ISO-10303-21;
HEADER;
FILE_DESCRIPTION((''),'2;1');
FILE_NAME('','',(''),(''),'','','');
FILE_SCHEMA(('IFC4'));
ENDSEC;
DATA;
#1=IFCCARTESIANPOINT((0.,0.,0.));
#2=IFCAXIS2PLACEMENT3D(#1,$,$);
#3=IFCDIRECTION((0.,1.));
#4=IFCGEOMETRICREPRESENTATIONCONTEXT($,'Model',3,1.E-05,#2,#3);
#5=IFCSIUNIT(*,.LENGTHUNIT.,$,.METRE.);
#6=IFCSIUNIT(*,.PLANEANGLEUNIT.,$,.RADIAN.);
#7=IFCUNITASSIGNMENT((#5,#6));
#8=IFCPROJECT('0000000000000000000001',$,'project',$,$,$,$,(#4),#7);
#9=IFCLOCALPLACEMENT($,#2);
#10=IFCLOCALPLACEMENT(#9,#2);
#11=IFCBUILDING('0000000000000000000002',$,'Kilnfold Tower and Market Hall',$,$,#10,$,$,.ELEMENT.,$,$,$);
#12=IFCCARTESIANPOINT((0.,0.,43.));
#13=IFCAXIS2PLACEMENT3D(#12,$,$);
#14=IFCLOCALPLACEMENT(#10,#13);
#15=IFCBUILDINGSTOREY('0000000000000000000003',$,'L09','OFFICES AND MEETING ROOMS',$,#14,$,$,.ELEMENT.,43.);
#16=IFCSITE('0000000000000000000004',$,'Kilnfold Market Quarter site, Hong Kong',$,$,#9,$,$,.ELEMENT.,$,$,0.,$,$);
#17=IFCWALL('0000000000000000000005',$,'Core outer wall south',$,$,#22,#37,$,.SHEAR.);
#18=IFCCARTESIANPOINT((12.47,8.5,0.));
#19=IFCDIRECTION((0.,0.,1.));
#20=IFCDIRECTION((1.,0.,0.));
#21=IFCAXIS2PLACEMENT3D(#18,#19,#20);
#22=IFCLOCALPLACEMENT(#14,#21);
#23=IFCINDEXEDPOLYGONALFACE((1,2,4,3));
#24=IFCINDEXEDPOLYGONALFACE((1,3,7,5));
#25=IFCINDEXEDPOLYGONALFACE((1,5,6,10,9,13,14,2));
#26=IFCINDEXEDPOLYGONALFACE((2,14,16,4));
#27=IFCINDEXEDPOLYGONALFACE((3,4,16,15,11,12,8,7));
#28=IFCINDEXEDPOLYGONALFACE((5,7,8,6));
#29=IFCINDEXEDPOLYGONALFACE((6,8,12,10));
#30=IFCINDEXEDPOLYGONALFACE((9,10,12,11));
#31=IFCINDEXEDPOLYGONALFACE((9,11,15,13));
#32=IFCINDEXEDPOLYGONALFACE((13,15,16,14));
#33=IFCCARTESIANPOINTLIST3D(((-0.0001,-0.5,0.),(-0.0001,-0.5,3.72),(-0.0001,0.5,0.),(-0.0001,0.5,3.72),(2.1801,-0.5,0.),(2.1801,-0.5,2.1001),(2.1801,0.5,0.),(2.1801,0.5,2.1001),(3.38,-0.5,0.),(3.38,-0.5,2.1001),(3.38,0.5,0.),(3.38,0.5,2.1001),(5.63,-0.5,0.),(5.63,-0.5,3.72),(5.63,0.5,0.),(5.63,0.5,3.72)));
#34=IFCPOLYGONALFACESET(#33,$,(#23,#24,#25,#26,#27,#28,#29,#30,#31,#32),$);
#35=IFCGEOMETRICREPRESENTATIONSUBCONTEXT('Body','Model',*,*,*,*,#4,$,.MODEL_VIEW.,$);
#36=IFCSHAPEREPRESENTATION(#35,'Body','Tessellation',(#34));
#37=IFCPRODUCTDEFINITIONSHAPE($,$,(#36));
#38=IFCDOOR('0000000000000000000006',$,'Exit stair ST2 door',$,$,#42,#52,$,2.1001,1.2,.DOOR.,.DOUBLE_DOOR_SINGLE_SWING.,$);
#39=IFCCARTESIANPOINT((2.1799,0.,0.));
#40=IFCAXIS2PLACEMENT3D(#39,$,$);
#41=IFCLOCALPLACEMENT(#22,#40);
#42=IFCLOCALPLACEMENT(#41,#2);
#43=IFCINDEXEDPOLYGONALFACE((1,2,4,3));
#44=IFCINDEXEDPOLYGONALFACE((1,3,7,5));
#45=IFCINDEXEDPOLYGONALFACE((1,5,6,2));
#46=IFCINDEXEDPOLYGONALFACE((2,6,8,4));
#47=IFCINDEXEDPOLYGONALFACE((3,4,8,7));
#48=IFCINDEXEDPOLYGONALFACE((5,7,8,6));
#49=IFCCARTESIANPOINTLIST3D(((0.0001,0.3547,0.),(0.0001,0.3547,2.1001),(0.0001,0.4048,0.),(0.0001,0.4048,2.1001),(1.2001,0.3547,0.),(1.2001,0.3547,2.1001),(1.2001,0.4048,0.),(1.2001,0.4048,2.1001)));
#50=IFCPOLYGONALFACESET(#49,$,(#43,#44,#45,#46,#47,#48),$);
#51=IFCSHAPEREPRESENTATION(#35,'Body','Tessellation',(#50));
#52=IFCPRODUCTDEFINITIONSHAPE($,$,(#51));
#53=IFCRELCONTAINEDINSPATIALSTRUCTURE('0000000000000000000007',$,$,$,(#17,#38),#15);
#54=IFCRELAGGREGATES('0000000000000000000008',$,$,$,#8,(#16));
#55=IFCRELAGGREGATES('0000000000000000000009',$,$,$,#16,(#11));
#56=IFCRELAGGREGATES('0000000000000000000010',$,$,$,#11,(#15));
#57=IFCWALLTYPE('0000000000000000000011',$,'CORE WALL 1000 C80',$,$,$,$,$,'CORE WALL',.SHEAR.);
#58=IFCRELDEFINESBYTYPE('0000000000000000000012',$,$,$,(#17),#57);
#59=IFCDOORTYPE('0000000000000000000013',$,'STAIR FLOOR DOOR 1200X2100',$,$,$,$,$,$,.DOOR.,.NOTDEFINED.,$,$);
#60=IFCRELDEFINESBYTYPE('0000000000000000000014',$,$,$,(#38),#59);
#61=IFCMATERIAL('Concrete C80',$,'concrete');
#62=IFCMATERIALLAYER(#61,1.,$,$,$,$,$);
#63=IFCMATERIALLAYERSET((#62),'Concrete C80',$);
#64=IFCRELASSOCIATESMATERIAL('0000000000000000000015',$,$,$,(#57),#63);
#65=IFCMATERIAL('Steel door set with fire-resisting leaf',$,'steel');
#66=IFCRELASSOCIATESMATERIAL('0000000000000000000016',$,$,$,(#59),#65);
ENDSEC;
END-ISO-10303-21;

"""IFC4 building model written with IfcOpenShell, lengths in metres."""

from ifc_helpers import new_model, si_unit, direction, frame, frame_2d, origin, place, context, subcontext, project, spatial, rectangle, extrude, source, transform, mapped, material, layer, layer_set, type_object, element, fill, save


model = new_model("IFC4")

# Units and contexts
model_context = context("Model", 3, precision=1e-05, world=origin(), true_north=direction((0.0, 1.0)))
body_context = subcontext(model_context, "Body", "Model", "MODEL_VIEW")
ifc_project = project(units=[si_unit("LENGTHUNIT", "METRE"), si_unit("PLANEANGLEUNIT", "RADIAN")], contexts=[model_context])

# Site, building, storey
site_placement = place(None, origin())
site = spatial("IfcSite", under=ifc_project, at=site_placement, Name="Kilnfold Market Quarter site, Hong Kong", CompositionType="ELEMENT", RefElevation=0.0)
building_placement = place(site_placement, origin())
building = spatial("IfcBuilding", under=site, at=building_placement, Name="Kilnfold Tower and Market Hall", CompositionType="ELEMENT")
storey_placement = place(building_placement, frame((0.0, 0.0, 43.0)))
storey = spatial("IfcBuildingStorey", under=building, at=storey_placement, Name="L09", Description="OFFICES AND MEETING ROOMS", CompositionType="ELEMENT", Elevation=43.0)

# Wall, opening, door
ifc_material_1 = material(Name="Concrete C80", Category="concrete")
ifc_layer_1 = layer(ifc_material_1, 1.0)
ifc_layer_set_1 = layer_set([ifc_layer_1], Name="Concrete C80")
wall_type_1 = type_object("IfcWallType", Name="CORE WALL 1000 C80", ElementType="CORE WALL", PredefinedType="SHEAR", material=ifc_layer_set_1)
shared_shape_1 = source(origin(), body_context, "Body", "SweptSolid", [
    extrude(rectangle(XDim=5.6301, YDim=1.0, at=frame_2d((2.8149, 0.0))), origin(), (0.0, 0.0, 1.0), 3.72),
])
wall_1_placement = place(storey_placement, frame((12.47, 8.5, 0.0), z_axis=(0.0, 0.0, 1.0), x_axis=(1.0, 0.0, 0.0)))
wall_1 = element("IfcWall", 1, at=wall_1_placement, inside=storey, type_object=wall_type_1, Name="Core outer wall south", PredefinedType="SHEAR", context=body_context, shape_type="MappedRepresentation", body=[
    mapped(shared_shape_1, transform((0.0, 0.0, 0.0))),
])
opening_1_placement = place(wall_1_placement, frame((2.1799, 0.0, 0.0)))
opening_1 = element("IfcOpeningElement", 2, at=opening_1_placement, cuts=wall_1, PredefinedType="OPENING", context=body_context, shape_type="SweptSolid", body=[
    extrude(rectangle(XDim=1.2, YDim=2.1001, at=frame_2d((0.6001, 1.05))), frame((0.0, 0.51, 0.0), z_axis=(0.0, -1.0, 0.0), x_axis=(1.0, 0.0, 0.0)), (0.0, 0.0, 1.0), 1.02),
])
ifc_material_2 = material(Name="Steel door set with fire-resisting leaf", Category="steel")
door_type_1 = type_object("IfcDoorType", Name="STAIR FLOOR DOOR 1200X2100", OperationType="NOTDEFINED", PredefinedType="DOOR", material=ifc_material_2)
door_1_placement = place(opening_1_placement, origin())
door_1 = element("IfcDoor", 3, at=door_1_placement, inside=storey, type_object=door_type_1, Name="Exit stair ST2 door", OperationType="DOUBLE_DOOR_SINGLE_SWING", OverallHeight=2.1001, OverallWidth=1.2, PredefinedType="DOOR", context=body_context, shape_type="SweptSolid", body=[
    extrude(rectangle(XDim=1.2, YDim=2.1001, at=frame_2d((0.6001, 1.05))), frame((0.0, 0.4048, 0.0), z_axis=(0.0, -1.0, 0.0), x_axis=(1.0, 0.0, 0.0)), (0.0, 0.0, 1.0), 0.05),
])
fill(opening_1, door_1)

save(model, "model.ifc")
